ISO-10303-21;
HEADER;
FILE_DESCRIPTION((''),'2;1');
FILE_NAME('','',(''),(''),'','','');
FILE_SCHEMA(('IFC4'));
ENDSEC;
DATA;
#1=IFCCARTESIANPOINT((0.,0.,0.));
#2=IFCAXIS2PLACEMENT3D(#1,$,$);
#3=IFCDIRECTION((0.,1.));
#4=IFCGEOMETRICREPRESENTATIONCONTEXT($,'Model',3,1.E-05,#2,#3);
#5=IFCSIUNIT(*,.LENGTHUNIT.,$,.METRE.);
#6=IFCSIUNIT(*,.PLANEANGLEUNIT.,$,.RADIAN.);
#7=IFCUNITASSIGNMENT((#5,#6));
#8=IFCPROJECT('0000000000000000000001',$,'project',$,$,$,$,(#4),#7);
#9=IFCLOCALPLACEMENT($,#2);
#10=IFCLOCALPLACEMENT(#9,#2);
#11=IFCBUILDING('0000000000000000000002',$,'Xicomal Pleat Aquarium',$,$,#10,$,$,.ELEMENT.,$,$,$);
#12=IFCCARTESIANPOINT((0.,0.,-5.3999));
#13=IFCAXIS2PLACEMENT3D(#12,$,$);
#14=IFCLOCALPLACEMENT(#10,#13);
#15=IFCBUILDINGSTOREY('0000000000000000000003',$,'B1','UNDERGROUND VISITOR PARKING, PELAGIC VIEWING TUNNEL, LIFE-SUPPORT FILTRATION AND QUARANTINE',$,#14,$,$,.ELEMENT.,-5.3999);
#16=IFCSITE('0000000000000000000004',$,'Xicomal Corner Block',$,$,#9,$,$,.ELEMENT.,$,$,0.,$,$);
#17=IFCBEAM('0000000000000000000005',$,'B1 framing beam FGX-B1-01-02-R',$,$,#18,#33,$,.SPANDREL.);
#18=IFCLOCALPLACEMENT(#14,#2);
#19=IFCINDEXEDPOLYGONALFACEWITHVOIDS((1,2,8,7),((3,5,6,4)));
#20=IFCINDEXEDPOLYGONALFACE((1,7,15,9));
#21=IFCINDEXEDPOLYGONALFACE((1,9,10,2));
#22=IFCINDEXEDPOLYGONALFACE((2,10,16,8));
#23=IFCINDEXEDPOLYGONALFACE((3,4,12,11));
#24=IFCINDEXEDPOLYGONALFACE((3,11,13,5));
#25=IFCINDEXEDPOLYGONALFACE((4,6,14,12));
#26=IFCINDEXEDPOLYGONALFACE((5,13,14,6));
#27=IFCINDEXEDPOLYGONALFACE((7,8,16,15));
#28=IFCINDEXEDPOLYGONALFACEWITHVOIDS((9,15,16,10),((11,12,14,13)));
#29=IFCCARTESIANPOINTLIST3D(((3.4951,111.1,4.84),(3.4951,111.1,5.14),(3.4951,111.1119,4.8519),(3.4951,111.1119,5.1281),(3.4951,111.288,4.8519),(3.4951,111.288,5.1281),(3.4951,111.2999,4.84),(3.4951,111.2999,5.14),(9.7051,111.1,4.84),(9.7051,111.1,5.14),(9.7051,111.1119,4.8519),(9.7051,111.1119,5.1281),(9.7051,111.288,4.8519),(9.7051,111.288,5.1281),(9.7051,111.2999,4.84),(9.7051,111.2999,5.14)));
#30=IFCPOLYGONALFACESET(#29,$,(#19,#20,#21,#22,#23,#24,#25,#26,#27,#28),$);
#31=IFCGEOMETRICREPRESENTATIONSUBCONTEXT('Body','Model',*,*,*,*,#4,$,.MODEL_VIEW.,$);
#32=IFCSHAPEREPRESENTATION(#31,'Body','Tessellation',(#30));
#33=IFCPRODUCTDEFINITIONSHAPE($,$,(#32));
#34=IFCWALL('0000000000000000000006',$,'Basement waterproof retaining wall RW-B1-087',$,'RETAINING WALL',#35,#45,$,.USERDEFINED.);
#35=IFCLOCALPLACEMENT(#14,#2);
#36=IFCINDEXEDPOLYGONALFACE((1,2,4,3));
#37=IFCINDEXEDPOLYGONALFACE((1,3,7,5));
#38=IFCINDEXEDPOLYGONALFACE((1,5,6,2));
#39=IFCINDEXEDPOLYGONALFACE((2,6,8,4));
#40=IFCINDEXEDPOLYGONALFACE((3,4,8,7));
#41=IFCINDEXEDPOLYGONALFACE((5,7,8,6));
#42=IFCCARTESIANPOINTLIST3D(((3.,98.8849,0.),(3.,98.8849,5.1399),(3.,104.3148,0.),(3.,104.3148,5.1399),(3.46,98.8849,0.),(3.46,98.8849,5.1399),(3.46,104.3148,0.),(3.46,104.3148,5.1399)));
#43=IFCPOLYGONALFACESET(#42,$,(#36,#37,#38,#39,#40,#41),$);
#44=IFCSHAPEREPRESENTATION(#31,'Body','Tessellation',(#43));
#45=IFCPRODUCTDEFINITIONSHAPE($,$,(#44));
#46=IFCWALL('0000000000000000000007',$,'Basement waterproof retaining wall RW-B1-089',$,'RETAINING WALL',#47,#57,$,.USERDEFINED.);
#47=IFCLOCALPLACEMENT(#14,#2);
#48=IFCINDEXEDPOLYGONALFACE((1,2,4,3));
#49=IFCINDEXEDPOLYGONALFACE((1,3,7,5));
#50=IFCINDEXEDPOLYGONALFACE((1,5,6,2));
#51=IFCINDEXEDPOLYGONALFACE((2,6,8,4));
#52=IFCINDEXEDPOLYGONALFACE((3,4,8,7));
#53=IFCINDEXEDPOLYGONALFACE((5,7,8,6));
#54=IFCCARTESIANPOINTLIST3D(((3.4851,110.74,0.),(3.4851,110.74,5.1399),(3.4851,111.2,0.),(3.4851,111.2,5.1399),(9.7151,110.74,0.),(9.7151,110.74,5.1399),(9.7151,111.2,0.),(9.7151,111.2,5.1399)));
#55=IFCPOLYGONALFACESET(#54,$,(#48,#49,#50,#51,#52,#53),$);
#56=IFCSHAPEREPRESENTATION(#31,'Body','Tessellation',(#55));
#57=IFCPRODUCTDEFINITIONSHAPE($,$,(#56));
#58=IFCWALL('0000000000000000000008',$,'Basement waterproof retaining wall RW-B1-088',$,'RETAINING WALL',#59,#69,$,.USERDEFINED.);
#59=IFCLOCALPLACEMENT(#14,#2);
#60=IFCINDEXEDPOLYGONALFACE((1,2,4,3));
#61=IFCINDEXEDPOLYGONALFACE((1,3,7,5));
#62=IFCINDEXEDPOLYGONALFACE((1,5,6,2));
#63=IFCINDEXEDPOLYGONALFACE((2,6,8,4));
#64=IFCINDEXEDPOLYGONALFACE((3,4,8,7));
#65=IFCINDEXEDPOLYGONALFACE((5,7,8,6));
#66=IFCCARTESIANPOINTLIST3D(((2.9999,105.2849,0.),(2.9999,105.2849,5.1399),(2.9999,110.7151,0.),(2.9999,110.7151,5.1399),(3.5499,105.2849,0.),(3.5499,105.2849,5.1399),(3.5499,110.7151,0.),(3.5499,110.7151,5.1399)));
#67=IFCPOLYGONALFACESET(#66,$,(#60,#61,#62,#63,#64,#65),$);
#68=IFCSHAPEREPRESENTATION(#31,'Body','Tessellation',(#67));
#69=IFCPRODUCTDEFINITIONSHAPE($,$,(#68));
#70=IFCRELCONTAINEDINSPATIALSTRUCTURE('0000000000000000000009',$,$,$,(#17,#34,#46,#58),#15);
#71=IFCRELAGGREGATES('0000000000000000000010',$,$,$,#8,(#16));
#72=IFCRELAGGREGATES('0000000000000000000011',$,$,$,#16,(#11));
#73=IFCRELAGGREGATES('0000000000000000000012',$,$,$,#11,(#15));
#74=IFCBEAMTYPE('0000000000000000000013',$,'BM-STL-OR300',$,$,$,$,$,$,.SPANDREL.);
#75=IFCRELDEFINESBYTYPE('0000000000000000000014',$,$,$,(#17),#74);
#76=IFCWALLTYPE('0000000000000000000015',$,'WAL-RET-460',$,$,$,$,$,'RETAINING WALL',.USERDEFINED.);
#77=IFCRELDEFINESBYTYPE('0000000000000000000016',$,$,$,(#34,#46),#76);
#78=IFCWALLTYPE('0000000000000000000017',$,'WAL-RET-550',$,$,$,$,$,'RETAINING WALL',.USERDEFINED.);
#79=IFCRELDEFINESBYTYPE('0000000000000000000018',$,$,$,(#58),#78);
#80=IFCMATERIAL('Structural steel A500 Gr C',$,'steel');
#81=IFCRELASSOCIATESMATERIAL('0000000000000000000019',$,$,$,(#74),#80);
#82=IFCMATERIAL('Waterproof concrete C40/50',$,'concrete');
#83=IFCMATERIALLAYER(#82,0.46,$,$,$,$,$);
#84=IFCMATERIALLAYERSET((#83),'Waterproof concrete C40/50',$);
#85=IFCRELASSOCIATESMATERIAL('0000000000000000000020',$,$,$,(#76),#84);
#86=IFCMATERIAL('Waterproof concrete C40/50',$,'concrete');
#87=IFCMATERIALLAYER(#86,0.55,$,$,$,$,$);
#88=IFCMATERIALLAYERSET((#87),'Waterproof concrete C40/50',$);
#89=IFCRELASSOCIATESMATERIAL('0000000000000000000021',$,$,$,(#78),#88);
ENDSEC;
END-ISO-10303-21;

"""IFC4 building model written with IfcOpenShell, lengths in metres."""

from ifc_helpers import new_model, si_unit, direction, frame, frame_2d, origin, origin_2d, place, context, subcontext, project, spatial, rectangle, hollow_rectangle, extrude, material, layer, layer_set, material_profile, profile_set, type_object, element, save


model = new_model("IFC4")

# Units and contexts
model_context = context("Model", 3, precision=1e-05, world=origin(), true_north=direction((0.0, 1.0)))
body_context = subcontext(model_context, "Body", "Model", "MODEL_VIEW")
ifc_project = project(units=[si_unit("LENGTHUNIT", "METRE"), si_unit("PLANEANGLEUNIT", "RADIAN")], contexts=[model_context])

# Site, building, storey
site_placement = place(None, origin())
site = spatial("IfcSite", under=ifc_project, at=site_placement, Name="Xicomal Corner Block", CompositionType="ELEMENT", RefElevation=0.0)
building_placement = place(site_placement, origin())
building = spatial("IfcBuilding", under=site, at=building_placement, Name="Xicomal Pleat Aquarium", CompositionType="ELEMENT")
storey_placement = place(building_placement, frame((0.0, 0.0, -5.3999)))
storey = spatial("IfcBuildingStorey", under=building, at=storey_placement, Name="B1", Description="UNDERGROUND VISITOR PARKING, PELAGIC VIEWING TUNNEL, LIFE-SUPPORT FILTRATION AND QUARANTINE", CompositionType="ELEMENT", Elevation=-5.3999)

# Beam
ifc_material_1 = material(Name="Structural steel A500 Gr C", Category="steel")
ifc_material_profile_1 = material_profile(ifc_material_1, hollow_rectangle(XDim=0.2, YDim=0.3, WallThickness=0.012, at=origin_2d()), Name="OR 300x200x12")
ifc_profile_set_1 = profile_set([ifc_material_profile_1], Name="Structural steel A500 Gr C")
beam_type_1 = type_object("IfcBeamType", Name="BM-STL-OR300", PredefinedType="SPANDREL", material=ifc_profile_set_1)
beam_1_placement = place(storey_placement, frame((3.4951, 111.2, 4.99), z_axis=(1.0, 0.0, 0.0), x_axis=(0.0, 1.0, 0.0)))
element("IfcBeam", 1, at=beam_1_placement, inside=storey, type_object=beam_type_1, Name="B1 framing beam FGX-B1-01-02-R", PredefinedType="SPANDREL", context=body_context, shape_type="SweptSolid", body=[
    extrude(hollow_rectangle(XDim=0.2, YDim=0.3, WallThickness=0.012, at=origin_2d()), origin(), (0.0, 0.0, 1.0), 6.21),
])

# Walls
ifc_material_2 = material(Name="Waterproof concrete C40/50", Category="concrete")
ifc_layer_1 = layer(ifc_material_2, 0.46)
ifc_layer_set_1 = layer_set([ifc_layer_1], Name="Waterproof concrete C40/50")
wall_type_1 = type_object("IfcWallType", Name="WAL-RET-460", ElementType="RETAINING WALL", PredefinedType="USERDEFINED", material=ifc_layer_set_1)
wall_1_placement = place(storey_placement, frame((3.23, 98.885, 0.0), z_axis=(0.0, 0.0, 1.0), x_axis=(0.0, 1.0, 0.0)))
element("IfcWall", 2, at=wall_1_placement, inside=storey, type_object=wall_type_1, Name="Basement waterproof retaining wall RW-B1-087", ObjectType="RETAINING WALL", PredefinedType="USERDEFINED", context=body_context, shape_type="SweptSolid", body=[
    extrude(rectangle(XDim=5.4299, YDim=0.46, at=frame_2d((2.7148, 0.0))), origin(), (0.0, 0.0, 1.0), 5.1399),
])
wall_2_placement = place(storey_placement, frame((3.4851, 110.97, 0.0), z_axis=(0.0, 0.0, 1.0), x_axis=(1.0, 0.0, 0.0)))
element("IfcWall", 3, at=wall_2_placement, inside=storey, type_object=wall_type_1, Name="Basement waterproof retaining wall RW-B1-089", ObjectType="RETAINING WALL", PredefinedType="USERDEFINED", context=body_context, shape_type="SweptSolid", body=[
    extrude(rectangle(XDim=6.23, YDim=0.46, at=frame_2d((3.115, 0.0))), origin(), (0.0, 0.0, 1.0), 5.1399),
])
ifc_material_3 = material(Name="Waterproof concrete C40/50", Category="concrete")
ifc_layer_2 = layer(ifc_material_3, 0.55)
ifc_layer_set_2 = layer_set([ifc_layer_2], Name="Waterproof concrete C40/50")
wall_type_2 = type_object("IfcWallType", Name="WAL-RET-550", ElementType="RETAINING WALL", PredefinedType="USERDEFINED", material=ifc_layer_set_2)
wall_3_placement = place(storey_placement, frame((3.2749, 105.2849, 0.0), z_axis=(0.0, 0.0, 1.0), x_axis=(0.0, 1.0, 0.0)))
element("IfcWall", 4, at=wall_3_placement, inside=storey, type_object=wall_type_2, Name="Basement waterproof retaining wall RW-B1-088", ObjectType="RETAINING WALL", PredefinedType="USERDEFINED", context=body_context, shape_type="SweptSolid", body=[
    extrude(rectangle(XDim=5.4302, YDim=0.55, at=frame_2d((2.7151, 0.0))), origin(), (0.0, 0.0, 1.0), 5.1399),
])

save(model, "model.ifc")
